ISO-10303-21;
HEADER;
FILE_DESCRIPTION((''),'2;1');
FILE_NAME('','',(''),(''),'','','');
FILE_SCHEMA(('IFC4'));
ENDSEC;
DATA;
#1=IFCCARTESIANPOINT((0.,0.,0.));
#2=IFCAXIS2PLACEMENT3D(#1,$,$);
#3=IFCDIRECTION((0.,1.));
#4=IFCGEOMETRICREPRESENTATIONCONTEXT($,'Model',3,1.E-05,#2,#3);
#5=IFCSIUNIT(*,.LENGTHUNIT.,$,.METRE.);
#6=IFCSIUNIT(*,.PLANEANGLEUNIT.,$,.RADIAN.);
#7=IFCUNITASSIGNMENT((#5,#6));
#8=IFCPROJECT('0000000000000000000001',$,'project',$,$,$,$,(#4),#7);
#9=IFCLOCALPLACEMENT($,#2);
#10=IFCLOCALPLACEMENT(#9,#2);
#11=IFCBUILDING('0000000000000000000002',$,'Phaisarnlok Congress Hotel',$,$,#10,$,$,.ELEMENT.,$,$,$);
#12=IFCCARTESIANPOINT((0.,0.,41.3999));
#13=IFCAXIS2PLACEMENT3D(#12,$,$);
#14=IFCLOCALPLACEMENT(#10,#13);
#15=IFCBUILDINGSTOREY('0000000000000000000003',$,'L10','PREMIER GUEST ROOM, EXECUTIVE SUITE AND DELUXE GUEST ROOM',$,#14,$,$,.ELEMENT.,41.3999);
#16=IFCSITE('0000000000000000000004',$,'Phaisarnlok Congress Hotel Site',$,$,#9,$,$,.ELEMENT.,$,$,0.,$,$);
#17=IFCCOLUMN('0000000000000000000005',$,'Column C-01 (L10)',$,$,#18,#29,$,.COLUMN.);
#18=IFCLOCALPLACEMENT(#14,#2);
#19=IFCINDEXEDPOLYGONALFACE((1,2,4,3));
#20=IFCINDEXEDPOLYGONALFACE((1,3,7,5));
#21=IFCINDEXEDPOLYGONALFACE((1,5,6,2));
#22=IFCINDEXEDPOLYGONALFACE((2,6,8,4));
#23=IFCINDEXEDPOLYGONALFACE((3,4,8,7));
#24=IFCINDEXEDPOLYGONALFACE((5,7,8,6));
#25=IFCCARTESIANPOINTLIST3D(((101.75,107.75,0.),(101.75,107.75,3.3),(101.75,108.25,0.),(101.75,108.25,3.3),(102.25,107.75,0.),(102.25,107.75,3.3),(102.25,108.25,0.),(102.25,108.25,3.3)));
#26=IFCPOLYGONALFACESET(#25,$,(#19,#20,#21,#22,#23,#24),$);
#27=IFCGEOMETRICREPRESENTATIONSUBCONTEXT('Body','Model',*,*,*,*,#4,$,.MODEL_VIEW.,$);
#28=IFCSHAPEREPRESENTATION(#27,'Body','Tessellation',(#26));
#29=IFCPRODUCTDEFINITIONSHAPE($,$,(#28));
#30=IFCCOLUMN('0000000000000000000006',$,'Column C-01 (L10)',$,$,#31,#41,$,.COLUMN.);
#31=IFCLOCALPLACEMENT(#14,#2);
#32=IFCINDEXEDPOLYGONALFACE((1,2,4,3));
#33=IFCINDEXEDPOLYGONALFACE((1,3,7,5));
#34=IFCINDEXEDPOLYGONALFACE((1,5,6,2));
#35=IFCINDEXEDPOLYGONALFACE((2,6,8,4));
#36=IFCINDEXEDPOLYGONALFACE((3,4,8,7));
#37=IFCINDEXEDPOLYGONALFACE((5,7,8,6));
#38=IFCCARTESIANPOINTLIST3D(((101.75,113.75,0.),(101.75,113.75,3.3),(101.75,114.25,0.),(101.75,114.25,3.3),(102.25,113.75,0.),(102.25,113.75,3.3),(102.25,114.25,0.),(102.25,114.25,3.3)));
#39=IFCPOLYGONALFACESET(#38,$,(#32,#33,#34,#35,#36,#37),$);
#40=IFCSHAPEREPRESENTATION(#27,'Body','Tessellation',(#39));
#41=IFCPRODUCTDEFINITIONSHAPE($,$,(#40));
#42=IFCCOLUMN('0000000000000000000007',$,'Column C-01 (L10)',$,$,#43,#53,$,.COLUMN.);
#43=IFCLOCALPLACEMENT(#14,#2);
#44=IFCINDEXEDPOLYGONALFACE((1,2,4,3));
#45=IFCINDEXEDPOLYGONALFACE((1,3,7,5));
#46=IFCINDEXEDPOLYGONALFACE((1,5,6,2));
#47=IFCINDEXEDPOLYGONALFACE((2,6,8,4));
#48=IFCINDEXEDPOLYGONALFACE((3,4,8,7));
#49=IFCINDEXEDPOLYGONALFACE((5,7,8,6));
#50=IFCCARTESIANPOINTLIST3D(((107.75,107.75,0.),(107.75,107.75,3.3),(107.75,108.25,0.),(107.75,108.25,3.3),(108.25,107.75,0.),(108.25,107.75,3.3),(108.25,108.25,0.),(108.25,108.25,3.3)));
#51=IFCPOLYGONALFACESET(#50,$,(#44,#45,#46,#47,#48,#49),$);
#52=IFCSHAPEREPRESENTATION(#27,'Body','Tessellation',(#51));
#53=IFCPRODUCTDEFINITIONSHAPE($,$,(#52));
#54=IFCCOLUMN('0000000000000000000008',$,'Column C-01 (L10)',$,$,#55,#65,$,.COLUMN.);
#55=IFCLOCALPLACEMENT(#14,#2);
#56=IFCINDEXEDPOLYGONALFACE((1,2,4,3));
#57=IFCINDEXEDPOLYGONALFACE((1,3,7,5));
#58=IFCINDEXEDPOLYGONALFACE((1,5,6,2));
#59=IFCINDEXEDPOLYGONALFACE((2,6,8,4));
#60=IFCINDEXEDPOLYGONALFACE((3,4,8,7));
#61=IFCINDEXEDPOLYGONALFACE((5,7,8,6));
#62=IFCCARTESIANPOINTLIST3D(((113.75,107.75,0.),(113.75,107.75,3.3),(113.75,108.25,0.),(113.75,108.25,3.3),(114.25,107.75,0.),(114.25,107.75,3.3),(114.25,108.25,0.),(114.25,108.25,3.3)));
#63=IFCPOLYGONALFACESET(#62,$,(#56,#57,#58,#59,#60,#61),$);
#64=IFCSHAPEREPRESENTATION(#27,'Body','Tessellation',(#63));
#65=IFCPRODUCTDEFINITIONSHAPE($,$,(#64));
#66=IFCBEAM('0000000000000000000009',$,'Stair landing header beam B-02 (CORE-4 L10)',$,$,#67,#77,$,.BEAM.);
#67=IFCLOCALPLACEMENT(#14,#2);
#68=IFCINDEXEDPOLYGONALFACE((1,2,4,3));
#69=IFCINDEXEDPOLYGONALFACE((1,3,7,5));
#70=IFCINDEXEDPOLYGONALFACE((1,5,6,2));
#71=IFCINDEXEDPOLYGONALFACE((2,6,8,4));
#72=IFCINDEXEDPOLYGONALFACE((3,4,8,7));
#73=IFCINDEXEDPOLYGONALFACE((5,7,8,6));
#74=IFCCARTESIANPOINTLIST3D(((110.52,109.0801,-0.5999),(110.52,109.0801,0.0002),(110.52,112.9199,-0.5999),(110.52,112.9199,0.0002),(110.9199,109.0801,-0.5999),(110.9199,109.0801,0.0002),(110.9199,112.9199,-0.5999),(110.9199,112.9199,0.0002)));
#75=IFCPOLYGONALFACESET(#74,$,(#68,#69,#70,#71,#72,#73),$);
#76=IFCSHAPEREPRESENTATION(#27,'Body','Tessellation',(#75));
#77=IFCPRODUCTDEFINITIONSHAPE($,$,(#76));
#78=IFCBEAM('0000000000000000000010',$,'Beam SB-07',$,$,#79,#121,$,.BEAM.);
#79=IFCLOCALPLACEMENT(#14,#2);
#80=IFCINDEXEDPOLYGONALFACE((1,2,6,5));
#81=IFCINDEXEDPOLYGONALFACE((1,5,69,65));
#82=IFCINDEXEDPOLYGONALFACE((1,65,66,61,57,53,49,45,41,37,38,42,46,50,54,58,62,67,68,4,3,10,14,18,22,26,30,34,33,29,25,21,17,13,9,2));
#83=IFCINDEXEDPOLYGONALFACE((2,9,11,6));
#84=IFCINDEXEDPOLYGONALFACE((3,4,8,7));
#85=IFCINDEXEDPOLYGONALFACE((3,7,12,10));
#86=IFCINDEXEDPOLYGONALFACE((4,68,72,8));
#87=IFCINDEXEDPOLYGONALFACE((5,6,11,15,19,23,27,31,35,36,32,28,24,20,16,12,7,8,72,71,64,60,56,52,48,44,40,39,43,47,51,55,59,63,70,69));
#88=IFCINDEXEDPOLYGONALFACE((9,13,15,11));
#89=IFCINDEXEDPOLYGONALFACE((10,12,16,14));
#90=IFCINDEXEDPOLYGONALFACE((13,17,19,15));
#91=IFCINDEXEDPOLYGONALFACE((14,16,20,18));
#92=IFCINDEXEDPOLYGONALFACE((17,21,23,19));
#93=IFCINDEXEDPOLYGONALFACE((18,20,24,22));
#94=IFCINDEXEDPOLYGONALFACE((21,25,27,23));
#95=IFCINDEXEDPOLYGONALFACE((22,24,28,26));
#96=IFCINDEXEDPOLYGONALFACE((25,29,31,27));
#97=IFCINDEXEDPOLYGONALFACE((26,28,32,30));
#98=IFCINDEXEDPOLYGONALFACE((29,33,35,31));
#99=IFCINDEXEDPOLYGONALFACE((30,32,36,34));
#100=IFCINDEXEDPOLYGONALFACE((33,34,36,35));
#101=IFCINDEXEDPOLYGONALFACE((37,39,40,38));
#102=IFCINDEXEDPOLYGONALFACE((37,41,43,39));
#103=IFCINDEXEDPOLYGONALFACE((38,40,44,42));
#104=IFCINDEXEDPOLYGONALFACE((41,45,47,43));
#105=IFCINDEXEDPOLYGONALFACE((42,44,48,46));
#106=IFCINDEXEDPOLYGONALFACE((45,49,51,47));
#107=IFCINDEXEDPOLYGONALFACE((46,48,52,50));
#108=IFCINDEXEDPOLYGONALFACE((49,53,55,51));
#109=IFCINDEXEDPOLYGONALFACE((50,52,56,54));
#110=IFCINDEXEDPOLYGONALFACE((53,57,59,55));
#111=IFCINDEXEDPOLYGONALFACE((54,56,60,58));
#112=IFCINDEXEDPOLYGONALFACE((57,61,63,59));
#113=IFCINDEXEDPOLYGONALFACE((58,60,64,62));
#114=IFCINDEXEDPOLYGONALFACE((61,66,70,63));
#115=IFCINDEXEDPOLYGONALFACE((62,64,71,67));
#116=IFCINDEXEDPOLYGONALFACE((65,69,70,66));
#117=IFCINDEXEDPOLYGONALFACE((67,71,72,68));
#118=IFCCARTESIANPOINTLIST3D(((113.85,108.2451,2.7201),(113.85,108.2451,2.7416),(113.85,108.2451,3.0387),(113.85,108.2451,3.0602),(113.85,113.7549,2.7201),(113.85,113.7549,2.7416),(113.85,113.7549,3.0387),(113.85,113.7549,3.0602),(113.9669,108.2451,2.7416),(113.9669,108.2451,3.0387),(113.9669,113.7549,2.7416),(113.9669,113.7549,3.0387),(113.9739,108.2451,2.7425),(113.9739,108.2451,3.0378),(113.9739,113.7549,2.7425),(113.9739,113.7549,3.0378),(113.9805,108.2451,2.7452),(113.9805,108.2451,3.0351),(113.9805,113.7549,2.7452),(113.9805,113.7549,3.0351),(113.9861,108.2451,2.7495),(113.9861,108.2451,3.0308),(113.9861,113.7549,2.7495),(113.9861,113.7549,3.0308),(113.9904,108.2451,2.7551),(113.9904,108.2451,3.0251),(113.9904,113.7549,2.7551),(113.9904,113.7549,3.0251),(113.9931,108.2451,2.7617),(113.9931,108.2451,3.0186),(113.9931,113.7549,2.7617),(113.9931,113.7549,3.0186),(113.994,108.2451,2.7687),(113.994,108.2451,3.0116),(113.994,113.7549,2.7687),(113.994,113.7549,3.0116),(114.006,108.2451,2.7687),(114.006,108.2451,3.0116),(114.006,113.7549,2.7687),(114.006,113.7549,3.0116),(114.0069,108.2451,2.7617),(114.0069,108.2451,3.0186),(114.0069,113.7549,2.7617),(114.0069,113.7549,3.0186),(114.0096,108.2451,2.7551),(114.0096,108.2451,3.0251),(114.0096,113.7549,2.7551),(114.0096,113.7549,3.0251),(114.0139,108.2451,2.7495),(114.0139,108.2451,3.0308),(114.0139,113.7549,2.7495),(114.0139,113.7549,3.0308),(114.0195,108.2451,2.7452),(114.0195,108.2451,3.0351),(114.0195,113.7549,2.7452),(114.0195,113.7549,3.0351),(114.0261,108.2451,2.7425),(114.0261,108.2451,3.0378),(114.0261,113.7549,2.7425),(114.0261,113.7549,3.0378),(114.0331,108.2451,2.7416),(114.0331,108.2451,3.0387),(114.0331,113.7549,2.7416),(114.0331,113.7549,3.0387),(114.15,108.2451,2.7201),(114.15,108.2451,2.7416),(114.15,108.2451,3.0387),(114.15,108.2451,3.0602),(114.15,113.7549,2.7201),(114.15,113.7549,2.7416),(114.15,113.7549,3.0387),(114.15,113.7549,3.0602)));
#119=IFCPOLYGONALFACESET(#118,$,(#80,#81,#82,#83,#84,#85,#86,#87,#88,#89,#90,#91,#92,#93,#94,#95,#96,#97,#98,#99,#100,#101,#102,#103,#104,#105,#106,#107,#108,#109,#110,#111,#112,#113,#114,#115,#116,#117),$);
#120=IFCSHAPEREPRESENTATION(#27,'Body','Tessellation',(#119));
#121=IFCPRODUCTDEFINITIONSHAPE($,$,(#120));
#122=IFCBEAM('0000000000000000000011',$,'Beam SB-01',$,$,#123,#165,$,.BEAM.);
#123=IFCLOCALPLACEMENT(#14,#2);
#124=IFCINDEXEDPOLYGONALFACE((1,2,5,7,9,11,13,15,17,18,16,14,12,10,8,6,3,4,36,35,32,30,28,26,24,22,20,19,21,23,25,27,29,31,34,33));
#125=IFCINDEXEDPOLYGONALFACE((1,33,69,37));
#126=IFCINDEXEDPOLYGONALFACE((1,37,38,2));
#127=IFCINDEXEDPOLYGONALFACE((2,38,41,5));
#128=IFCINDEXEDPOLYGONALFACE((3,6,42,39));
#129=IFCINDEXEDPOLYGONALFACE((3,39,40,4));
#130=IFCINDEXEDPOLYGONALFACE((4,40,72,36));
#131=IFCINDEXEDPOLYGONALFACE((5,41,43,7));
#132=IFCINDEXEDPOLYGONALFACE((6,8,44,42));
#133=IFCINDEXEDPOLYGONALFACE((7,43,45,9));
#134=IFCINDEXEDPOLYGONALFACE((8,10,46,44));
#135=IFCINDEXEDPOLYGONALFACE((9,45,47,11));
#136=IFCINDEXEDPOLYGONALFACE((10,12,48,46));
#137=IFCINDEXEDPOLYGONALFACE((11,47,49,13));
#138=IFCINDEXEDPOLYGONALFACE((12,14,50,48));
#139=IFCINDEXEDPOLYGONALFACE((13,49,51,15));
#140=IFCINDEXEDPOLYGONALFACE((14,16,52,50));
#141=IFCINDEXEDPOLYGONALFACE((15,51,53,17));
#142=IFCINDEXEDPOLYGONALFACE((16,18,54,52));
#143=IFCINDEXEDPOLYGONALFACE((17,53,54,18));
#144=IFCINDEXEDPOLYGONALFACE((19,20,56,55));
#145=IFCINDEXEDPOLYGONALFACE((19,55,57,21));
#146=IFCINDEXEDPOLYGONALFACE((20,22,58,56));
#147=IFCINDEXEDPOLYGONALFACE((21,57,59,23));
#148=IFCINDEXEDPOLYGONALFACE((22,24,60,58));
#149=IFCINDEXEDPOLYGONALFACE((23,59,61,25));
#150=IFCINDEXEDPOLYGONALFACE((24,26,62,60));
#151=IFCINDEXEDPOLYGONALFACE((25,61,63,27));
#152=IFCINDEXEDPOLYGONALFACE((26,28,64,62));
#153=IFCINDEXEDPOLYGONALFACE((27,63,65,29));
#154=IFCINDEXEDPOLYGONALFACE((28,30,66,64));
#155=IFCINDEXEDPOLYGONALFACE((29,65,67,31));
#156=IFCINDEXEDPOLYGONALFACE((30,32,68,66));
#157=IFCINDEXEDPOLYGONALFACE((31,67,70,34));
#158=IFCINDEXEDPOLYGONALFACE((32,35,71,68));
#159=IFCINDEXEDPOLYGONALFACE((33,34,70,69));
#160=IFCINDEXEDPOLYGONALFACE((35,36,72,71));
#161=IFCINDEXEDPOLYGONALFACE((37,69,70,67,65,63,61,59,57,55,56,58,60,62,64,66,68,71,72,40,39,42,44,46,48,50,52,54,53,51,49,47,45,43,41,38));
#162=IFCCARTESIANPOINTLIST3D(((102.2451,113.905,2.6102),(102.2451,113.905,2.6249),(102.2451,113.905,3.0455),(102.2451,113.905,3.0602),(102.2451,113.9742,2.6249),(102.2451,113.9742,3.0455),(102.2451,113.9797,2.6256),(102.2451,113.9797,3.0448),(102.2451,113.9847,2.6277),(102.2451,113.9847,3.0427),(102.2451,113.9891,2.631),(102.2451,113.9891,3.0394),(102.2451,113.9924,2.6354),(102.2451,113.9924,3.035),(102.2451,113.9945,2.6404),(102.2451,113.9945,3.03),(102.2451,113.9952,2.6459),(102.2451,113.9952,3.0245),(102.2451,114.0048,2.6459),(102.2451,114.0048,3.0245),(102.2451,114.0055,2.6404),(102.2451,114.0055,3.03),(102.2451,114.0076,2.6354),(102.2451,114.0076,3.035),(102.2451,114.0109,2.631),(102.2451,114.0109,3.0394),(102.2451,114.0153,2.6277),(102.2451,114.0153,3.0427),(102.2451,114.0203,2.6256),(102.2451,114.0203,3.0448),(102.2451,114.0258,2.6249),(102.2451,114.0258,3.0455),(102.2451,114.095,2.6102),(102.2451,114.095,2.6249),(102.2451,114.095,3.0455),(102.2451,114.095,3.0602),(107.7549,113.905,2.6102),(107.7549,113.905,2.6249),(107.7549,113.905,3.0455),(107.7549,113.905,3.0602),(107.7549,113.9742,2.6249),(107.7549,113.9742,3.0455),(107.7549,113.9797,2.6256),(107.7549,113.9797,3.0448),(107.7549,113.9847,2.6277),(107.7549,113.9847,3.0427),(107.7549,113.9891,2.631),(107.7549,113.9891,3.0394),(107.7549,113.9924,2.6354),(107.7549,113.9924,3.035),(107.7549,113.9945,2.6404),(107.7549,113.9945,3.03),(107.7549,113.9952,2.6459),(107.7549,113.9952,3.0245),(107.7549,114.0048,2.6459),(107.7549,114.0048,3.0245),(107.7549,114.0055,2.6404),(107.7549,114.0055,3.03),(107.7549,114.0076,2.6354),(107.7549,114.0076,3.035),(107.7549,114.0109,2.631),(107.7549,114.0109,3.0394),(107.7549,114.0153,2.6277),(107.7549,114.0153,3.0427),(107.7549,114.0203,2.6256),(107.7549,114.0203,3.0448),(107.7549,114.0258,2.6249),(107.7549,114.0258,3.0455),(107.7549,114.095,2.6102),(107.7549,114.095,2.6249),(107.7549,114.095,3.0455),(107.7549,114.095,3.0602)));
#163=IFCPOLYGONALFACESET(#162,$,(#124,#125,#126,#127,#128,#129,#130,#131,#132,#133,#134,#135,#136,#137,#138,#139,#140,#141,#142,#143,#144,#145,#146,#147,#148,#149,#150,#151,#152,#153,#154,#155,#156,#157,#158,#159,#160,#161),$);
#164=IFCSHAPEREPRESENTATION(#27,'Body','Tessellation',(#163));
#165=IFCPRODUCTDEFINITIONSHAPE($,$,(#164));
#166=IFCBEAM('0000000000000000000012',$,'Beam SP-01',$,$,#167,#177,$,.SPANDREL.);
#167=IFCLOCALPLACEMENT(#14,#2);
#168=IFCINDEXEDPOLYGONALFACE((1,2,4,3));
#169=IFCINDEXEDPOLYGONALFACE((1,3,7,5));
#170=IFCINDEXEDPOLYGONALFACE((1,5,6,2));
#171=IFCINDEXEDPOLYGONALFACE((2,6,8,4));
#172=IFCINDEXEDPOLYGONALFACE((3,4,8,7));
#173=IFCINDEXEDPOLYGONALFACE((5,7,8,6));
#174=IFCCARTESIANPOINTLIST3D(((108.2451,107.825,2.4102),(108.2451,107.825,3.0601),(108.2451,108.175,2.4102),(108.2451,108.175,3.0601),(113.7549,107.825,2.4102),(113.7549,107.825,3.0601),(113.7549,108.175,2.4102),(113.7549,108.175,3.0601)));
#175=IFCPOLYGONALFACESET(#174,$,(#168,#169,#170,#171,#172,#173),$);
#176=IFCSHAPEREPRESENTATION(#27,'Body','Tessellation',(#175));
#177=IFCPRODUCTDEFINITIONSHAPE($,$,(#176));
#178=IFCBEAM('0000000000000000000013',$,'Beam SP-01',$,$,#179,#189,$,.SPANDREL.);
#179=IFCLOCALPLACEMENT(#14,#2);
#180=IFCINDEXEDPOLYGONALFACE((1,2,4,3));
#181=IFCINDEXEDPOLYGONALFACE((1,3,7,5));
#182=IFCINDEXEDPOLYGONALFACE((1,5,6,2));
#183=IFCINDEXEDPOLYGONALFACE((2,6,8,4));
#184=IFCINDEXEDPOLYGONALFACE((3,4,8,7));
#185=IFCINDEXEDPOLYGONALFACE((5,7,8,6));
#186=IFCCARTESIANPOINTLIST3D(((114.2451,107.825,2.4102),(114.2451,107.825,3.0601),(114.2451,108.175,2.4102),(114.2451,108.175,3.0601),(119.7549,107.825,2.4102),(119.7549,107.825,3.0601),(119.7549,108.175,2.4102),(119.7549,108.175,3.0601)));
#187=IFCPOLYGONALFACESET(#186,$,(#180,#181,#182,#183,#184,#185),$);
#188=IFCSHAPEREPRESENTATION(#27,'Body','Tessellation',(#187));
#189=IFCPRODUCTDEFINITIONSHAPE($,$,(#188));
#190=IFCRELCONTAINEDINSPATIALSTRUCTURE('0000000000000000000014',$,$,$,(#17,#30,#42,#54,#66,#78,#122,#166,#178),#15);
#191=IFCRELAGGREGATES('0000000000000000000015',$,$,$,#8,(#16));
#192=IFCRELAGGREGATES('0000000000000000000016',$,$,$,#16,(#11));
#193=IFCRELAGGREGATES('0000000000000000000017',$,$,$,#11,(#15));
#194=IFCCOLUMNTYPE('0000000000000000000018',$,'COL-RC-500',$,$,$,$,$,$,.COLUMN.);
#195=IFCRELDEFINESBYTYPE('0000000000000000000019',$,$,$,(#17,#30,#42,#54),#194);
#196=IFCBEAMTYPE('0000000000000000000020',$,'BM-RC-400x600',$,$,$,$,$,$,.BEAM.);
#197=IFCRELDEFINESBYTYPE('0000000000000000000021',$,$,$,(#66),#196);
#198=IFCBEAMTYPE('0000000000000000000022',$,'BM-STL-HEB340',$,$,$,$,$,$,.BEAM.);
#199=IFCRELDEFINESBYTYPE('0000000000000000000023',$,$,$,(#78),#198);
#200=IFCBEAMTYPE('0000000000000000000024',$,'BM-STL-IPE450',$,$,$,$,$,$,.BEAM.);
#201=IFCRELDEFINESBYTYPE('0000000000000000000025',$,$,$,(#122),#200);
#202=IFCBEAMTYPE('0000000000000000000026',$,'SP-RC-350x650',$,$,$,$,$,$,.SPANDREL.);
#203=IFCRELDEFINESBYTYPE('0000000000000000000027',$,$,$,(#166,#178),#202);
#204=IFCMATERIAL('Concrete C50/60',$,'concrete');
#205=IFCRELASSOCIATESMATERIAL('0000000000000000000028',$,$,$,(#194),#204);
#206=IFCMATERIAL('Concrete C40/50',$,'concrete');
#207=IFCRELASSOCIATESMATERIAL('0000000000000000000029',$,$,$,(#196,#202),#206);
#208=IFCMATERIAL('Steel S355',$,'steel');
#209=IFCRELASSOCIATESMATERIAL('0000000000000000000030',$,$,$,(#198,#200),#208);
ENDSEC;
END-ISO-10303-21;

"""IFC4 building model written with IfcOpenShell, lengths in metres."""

from ifc_helpers import new_model, si_unit, direction, frame, origin, origin_2d, place, context, subcontext, project, spatial, rectangle, i_section, extrude, material, material_profile, profile_set, type_object, element, save


model = new_model("IFC4")

# Units and contexts
model_context = context("Model", 3, precision=1e-05, world=origin(), true_north=direction((0.0, 1.0)))
body_context = subcontext(model_context, "Body", "Model", "MODEL_VIEW")
ifc_project = project(units=[si_unit("LENGTHUNIT", "METRE"), si_unit("PLANEANGLEUNIT", "RADIAN")], contexts=[model_context])

# Site, building, storey
site_placement = place(None, origin())
site = spatial("IfcSite", under=ifc_project, at=site_placement, Name="Phaisarnlok Congress Hotel Site", CompositionType="ELEMENT", RefElevation=0.0)
building_placement = place(site_placement, origin())
building = spatial("IfcBuilding", under=site, at=building_placement, Name="Phaisarnlok Congress Hotel", CompositionType="ELEMENT")
storey_placement = place(building_placement, frame((0.0, 0.0, 41.3999)))
storey = spatial("IfcBuildingStorey", under=building, at=storey_placement, Name="L10", Description="PREMIER GUEST ROOM, EXECUTIVE SUITE AND DELUXE GUEST ROOM", CompositionType="ELEMENT", Elevation=41.3999)

# Columns
ifc_material_1 = material(Name="Concrete C50/60", Category="concrete")
ifc_material_profile_1 = material_profile(ifc_material_1, rectangle(XDim=0.5, YDim=0.5, at=origin_2d()), Name="RC 500x500")
ifc_profile_set_1 = profile_set([ifc_material_profile_1], Name="Concrete C50/60")
column_type = type_object("IfcColumnType", Name="COL-RC-500", PredefinedType="COLUMN", material=ifc_profile_set_1)
for number, where, z_axis, x_axis, name in (
    (1, (102.0, 108.0, 0.0), (0.0, 0.0, 1.0), (1.0, 0.0, 0.0), "Column C-01 (L10)"),
    (2, (102.0, 114.0, 0.0), (0.0, 0.0, 1.0), (1.0, 0.0, 0.0), "Column C-01 (L10)"),
    (3, (108.0, 108.0, 0.0), (0.0, 0.0, 1.0), (1.0, 0.0, 0.0), "Column C-01 (L10)"),
    (4, (114.0, 108.0, 0.0), (0.0, 0.0, 1.0), (1.0, 0.0, 0.0), "Column C-01 (L10)"),
):
    element("IfcColumn", number, at=place(storey_placement, frame(where, z_axis=z_axis, x_axis=x_axis)), inside=storey, type_object=column_type, Name=name, PredefinedType="COLUMN", context=body_context, shape_type="SweptSolid", body=[
        extrude(rectangle(XDim=0.5, YDim=0.5, at=origin_2d()), origin(), (0.0, 0.0, 1.0), 3.3),
    ])

# Beams
ifc_material_2 = material(Name="Concrete C40/50", Category="concrete")
ifc_material_profile_2 = material_profile(ifc_material_2, rectangle(XDim=0.3999, YDim=0.6001, at=origin_2d()), Name="RC 400x600")
ifc_profile_set_2 = profile_set([ifc_material_profile_2], Name="Concrete C40/50")
beam_type_1 = type_object("IfcBeamType", Name="BM-RC-400x600", PredefinedType="BEAM", material=ifc_profile_set_2)
beam_1_placement = place(storey_placement, frame((110.72, 109.0801, -0.2998), z_axis=(0.0, 1.0, 0.0), x_axis=(-1.0, 0.0, 0.0)))
element("IfcBeam", 5, at=beam_1_placement, inside=storey, type_object=beam_type_1, Name="Stair landing header beam B-02 (CORE-4 L10)", PredefinedType="BEAM", context=body_context, shape_type="SweptSolid", body=[
    extrude(rectangle(XDim=0.3999, YDim=0.6001, at=origin_2d()), origin(), (0.0, 0.0, 1.0), 3.8398),
])
ifc_material_3 = material(Name="Steel S355", Category="steel")
ifc_material_profile_3 = material_profile(ifc_material_3, i_section(OverallWidth=0.3, OverallDepth=0.3401, WebThickness=0.012, FlangeThickness=0.0215, FilletRadius=0.0271, at=origin_2d()), Name="HEB 340")
ifc_profile_set_3 = profile_set([ifc_material_profile_3], Name="Steel S355")
beam_type_2 = type_object("IfcBeamType", Name="BM-STL-HEB340", PredefinedType="BEAM", material=ifc_profile_set_3)
beam_2_placement = place(storey_placement, frame((114.0, 108.2451, 2.8901), z_axis=(0.0, 1.0, 0.0), x_axis=(-1.0, 0.0, 0.0)))
element("IfcBeam", 6, at=beam_2_placement, inside=storey, type_object=beam_type_2, Name="Beam SB-07", PredefinedType="BEAM", context=body_context, shape_type="SweptSolid", body=[
    extrude(i_section(OverallWidth=0.3, OverallDepth=0.3401, WebThickness=0.012, FlangeThickness=0.0215, FilletRadius=0.0271, at=origin_2d()), origin(), (0.0, 0.0, 1.0), 5.5098),
])
ifc_material_profile_4 = material_profile(ifc_material_3, i_section(OverallWidth=0.1899, OverallDepth=0.45, WebThickness=0.0095, FlangeThickness=0.0146, FilletRadius=0.021, at=origin_2d()), Name="IPE 450")
ifc_profile_set_4 = profile_set([ifc_material_profile_4], Name="Steel S355")
beam_type_3 = type_object("IfcBeamType", Name="BM-STL-IPE450", PredefinedType="BEAM", material=ifc_profile_set_4)
beam_3_placement = place(storey_placement, frame((102.2451, 114.0, 2.8352), z_axis=(1.0, 0.0, 0.0), x_axis=(0.0, 1.0, 0.0)))
element("IfcBeam", 7, at=beam_3_placement, inside=storey, type_object=beam_type_3, Name="Beam SB-01", PredefinedType="BEAM", context=body_context, shape_type="SweptSolid", body=[
    extrude(i_section(OverallWidth=0.1899, OverallDepth=0.45, WebThickness=0.0095, FlangeThickness=0.0146, FilletRadius=0.021, at=origin_2d()), origin(), (0.0, 0.0, 1.0), 5.5098),
])
ifc_material_profile_5 = material_profile(ifc_material_2, rectangle(XDim=0.3501, YDim=0.6499, at=origin_2d()), Name="RC 350x650")
ifc_profile_set_5 = profile_set([ifc_material_profile_5], Name="Concrete C40/50")
beam_type_4 = type_object("IfcBeamType", Name="SP-RC-350x650", PredefinedType="SPANDREL", material=ifc_profile_set_5)
for number, where, z_axis, x_axis, name in (
    (8, (108.2451, 108.0, 2.7351), (1.0, 0.0, 0.0), (0.0, 1.0, 0.0), "Beam SP-01"),
    (9, (114.2451, 108.0, 2.7351), (1.0, 0.0, 0.0), (0.0, 1.0, 0.0), "Beam SP-01"),
):
    element("IfcBeam", number, at=place(storey_placement, frame(where, z_axis=z_axis, x_axis=x_axis)), inside=storey, type_object=beam_type_4, Name=name, PredefinedType="SPANDREL", context=body_context, shape_type="SweptSolid", body=[
        extrude(rectangle(XDim=0.3501, YDim=0.6499, at=origin_2d()), origin(), (0.0, 0.0, 1.0), 5.5098),
    ])

save(model, "model.ifc")
